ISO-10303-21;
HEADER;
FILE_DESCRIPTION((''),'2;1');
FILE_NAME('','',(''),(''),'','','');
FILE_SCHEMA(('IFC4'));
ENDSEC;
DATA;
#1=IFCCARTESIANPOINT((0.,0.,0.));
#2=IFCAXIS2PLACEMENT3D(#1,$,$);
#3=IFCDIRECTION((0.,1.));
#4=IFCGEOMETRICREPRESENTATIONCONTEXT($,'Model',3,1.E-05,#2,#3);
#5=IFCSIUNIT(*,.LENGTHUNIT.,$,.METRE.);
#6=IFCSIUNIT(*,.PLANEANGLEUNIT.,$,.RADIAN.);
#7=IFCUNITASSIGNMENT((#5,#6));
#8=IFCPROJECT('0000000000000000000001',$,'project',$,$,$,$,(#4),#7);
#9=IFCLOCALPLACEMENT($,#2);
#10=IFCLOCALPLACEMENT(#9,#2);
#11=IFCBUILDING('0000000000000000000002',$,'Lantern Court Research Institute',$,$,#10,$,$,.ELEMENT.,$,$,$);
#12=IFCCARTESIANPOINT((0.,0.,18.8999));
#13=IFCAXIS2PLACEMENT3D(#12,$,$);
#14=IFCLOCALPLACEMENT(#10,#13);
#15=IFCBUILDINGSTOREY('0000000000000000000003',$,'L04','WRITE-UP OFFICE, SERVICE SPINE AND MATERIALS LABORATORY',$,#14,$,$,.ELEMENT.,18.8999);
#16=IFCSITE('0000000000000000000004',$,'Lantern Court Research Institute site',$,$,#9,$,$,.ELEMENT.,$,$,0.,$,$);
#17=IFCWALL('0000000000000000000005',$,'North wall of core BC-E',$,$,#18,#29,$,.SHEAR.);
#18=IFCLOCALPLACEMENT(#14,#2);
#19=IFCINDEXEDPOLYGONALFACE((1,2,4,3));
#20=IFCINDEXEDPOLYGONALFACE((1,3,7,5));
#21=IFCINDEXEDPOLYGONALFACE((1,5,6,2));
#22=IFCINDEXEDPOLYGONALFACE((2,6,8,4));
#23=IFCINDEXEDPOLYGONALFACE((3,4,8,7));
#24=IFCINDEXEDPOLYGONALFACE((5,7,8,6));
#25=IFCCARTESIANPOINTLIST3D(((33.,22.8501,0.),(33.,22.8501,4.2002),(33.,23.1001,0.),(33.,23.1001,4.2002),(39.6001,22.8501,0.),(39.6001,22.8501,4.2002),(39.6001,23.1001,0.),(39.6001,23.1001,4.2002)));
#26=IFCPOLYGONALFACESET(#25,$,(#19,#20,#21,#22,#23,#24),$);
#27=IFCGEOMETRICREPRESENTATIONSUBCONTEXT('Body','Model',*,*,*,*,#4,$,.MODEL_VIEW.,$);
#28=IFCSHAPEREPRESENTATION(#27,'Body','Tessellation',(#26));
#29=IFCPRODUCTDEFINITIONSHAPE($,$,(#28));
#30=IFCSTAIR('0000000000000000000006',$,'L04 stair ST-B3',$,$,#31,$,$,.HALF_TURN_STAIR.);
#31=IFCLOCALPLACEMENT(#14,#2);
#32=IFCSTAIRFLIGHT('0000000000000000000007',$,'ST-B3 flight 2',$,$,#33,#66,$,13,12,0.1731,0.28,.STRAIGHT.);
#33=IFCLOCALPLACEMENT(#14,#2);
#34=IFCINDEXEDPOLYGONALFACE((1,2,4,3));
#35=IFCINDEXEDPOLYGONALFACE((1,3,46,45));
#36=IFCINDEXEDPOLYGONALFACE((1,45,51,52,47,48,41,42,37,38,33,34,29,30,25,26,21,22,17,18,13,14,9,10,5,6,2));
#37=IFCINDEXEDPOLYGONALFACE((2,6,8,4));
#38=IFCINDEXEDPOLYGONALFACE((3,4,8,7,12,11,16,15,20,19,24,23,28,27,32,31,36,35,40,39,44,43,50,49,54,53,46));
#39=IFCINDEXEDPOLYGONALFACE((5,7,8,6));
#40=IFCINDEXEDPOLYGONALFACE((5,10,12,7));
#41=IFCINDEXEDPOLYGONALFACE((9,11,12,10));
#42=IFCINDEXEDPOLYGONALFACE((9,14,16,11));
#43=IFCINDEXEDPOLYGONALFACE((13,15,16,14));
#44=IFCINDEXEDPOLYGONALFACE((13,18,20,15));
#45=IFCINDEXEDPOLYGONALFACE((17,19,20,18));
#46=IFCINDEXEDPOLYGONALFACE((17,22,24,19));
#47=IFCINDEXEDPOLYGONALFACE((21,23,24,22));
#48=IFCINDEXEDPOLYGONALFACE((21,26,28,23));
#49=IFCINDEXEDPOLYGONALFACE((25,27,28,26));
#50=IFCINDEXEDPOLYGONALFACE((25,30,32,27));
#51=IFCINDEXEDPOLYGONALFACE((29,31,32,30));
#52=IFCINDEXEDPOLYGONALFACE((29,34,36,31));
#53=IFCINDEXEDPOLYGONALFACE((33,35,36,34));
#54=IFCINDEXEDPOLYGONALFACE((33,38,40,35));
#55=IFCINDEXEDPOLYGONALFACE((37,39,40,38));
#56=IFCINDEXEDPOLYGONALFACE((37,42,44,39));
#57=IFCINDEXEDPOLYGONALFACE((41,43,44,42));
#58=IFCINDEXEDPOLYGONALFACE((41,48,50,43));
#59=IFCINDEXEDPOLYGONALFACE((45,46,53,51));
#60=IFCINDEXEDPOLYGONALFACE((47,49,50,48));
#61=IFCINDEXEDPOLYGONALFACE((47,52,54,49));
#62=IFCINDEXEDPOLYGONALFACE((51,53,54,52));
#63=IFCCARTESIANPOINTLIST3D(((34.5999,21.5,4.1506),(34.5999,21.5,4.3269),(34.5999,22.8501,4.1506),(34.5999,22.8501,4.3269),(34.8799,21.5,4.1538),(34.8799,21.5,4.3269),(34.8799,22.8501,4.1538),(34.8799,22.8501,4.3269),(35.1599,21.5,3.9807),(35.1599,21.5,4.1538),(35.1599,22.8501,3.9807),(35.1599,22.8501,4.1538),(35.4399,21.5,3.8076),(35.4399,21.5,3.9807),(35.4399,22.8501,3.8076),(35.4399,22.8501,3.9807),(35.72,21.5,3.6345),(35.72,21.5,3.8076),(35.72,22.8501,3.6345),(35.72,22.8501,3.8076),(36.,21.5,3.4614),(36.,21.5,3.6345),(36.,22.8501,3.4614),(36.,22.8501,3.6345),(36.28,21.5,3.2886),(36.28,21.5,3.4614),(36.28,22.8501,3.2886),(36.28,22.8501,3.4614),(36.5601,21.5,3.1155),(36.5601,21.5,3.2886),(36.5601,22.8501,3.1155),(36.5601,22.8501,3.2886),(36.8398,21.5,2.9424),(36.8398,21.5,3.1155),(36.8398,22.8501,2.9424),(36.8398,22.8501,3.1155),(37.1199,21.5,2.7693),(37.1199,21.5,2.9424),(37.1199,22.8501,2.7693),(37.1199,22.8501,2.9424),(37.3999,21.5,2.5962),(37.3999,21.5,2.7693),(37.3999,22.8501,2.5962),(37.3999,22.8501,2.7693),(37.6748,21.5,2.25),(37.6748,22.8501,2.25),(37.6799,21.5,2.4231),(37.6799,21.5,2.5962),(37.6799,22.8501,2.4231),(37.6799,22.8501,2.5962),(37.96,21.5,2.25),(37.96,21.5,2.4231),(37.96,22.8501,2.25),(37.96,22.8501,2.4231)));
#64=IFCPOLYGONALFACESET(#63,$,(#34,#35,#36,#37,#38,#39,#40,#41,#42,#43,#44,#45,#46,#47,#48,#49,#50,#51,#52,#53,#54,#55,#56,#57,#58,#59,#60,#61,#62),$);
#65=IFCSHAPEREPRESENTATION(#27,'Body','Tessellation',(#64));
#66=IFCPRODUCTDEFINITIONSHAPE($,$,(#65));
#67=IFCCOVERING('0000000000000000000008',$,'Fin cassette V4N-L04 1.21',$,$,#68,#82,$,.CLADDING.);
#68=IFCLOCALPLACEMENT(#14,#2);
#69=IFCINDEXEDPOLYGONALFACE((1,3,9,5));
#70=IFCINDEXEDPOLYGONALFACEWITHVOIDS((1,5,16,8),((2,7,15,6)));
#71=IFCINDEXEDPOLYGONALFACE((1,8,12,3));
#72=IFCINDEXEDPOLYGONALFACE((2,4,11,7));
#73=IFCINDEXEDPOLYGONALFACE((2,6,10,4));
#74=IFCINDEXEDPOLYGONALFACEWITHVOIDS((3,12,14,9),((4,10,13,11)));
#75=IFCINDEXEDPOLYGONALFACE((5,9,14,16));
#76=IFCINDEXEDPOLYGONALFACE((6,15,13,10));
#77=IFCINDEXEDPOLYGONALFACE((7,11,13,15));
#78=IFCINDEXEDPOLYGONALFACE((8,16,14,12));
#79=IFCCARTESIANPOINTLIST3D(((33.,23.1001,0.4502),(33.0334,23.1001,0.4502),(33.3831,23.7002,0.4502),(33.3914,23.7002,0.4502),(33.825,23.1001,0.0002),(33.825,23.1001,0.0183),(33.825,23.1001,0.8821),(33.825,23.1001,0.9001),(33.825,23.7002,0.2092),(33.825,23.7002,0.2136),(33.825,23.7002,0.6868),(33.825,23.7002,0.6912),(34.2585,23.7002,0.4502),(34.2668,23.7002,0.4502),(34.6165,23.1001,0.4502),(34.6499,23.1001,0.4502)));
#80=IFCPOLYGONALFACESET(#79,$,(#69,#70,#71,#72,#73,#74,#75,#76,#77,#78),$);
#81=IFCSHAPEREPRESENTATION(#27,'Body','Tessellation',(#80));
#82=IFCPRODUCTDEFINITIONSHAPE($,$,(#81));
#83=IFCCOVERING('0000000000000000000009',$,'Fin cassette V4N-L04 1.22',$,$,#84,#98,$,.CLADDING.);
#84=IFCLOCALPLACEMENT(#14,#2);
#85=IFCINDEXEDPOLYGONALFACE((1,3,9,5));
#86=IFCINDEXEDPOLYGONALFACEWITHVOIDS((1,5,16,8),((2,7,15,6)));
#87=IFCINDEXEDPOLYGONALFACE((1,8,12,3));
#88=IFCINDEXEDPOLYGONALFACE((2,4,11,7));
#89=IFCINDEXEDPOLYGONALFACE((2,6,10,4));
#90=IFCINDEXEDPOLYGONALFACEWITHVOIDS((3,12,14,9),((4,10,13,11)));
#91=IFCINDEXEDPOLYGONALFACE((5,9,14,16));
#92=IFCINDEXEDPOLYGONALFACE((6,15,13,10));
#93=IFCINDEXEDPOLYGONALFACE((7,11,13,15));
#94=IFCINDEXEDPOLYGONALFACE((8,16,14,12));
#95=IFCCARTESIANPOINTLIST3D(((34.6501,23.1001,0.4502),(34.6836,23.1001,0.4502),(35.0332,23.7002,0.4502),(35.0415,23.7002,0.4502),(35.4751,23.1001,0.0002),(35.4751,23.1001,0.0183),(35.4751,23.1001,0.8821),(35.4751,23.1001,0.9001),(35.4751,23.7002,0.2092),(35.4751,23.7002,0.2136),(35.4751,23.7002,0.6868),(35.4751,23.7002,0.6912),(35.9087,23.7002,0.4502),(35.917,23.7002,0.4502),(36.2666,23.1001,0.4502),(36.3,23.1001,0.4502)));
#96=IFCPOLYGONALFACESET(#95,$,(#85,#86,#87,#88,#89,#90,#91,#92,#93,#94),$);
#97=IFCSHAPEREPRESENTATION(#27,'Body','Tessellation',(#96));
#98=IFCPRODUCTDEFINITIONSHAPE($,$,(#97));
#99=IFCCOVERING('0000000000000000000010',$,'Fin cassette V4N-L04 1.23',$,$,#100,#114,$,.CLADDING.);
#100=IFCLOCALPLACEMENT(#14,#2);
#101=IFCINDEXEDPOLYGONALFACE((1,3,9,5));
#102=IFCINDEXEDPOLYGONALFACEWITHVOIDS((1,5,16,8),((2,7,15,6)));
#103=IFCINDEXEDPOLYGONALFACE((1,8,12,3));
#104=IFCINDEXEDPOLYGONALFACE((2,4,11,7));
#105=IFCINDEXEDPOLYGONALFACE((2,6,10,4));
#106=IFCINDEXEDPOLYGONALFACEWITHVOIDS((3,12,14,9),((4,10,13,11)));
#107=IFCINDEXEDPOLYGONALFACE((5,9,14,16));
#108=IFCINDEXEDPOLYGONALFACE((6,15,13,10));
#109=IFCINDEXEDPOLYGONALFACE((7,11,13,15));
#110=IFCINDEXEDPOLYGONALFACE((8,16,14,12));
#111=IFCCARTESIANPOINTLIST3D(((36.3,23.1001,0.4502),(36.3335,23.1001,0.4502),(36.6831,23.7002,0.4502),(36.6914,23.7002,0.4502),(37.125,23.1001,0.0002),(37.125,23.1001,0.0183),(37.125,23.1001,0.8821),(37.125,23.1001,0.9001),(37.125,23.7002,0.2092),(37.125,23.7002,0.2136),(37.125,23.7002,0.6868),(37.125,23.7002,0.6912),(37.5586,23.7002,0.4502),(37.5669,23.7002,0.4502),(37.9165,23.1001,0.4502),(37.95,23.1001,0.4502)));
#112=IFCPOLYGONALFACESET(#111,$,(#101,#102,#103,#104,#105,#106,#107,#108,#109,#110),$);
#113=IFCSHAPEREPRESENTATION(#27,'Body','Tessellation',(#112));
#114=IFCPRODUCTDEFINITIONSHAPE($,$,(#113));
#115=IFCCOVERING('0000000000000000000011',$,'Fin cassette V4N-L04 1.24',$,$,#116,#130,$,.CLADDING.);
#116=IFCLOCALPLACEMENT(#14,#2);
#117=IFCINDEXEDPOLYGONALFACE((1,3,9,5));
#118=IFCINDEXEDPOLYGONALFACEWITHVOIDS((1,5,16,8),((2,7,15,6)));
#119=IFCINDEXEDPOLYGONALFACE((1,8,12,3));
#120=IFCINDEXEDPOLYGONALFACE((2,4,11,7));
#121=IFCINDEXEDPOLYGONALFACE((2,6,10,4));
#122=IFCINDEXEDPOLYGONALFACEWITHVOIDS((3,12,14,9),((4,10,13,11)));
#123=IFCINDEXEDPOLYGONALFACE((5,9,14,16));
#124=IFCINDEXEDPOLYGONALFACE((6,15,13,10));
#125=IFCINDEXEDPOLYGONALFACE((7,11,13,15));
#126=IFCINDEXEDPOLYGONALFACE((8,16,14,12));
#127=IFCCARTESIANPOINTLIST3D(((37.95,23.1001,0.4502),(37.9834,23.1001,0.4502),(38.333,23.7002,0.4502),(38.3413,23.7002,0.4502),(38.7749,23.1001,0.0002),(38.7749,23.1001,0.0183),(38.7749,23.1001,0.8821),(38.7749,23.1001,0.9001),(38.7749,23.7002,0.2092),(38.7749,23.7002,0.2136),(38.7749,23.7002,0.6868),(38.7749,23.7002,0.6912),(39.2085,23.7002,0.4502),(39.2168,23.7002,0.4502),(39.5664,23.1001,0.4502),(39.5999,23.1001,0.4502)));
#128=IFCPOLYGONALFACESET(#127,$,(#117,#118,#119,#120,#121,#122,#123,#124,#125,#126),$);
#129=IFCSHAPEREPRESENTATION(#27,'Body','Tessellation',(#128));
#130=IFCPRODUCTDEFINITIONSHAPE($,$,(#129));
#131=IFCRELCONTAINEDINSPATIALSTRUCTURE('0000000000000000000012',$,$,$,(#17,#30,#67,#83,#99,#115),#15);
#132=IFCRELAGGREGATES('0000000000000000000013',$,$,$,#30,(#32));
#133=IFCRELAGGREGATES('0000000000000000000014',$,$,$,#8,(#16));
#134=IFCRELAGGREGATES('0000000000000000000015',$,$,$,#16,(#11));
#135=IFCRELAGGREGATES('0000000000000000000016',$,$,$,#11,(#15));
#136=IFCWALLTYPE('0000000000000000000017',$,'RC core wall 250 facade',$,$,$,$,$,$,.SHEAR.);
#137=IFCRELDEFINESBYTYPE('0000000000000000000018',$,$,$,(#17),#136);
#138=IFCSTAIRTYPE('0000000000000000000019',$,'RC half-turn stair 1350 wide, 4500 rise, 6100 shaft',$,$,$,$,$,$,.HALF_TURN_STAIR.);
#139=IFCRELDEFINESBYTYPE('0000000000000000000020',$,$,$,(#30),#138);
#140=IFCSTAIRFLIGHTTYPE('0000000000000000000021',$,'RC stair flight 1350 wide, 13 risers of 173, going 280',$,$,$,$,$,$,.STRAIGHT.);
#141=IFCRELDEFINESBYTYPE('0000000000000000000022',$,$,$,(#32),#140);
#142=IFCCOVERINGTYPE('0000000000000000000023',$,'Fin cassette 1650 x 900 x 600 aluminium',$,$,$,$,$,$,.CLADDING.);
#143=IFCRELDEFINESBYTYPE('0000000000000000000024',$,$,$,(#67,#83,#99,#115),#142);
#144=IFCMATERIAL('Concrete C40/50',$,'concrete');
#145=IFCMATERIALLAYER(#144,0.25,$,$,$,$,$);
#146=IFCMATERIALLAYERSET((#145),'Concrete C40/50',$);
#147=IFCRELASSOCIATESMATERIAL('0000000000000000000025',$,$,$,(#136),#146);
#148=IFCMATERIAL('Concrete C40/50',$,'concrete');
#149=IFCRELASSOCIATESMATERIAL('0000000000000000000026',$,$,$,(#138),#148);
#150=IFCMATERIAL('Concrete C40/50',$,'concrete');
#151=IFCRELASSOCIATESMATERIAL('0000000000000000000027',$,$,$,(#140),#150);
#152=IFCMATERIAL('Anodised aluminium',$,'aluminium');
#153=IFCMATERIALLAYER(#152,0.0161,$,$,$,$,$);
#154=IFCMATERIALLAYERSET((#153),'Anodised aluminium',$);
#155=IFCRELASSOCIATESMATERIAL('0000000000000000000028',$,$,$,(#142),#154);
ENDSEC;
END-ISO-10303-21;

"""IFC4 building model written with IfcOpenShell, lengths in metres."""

from ifc_helpers import new_model, entity, si_unit, direction, frame, frame_2d, origin, place, context, subcontext, project, spatial, polyline, rectangle, outline, extrude, material, layer, layer_set, type_object, element, aggregate, save


model = new_model("IFC4")

# Units and contexts
model_context = context("Model", 3, precision=1e-05, world=origin(), true_north=direction((0.0, 1.0)))
body_context = subcontext(model_context, "Body", "Model", "MODEL_VIEW")
ifc_project = project(units=[si_unit("LENGTHUNIT", "METRE"), si_unit("PLANEANGLEUNIT", "RADIAN")], contexts=[model_context])

# Site, building, storey
site_placement = place(None, origin())
site = spatial("IfcSite", under=ifc_project, at=site_placement, Name="Lantern Court Research Institute site", CompositionType="ELEMENT", RefElevation=0.0)
building_placement = place(site_placement, origin())
building = spatial("IfcBuilding", under=site, at=building_placement, Name="Lantern Court Research Institute", CompositionType="ELEMENT")
storey_placement = place(building_placement, frame((0.0, 0.0, 18.8999)))
storey = spatial("IfcBuildingStorey", under=building, at=storey_placement, Name="L04", Description="WRITE-UP OFFICE, SERVICE SPINE AND MATERIALS LABORATORY", CompositionType="ELEMENT", Elevation=18.8999)

# Wall
ifc_material_1 = material(Name="Concrete C40/50", Category="concrete")
ifc_layer_1 = layer(ifc_material_1, 0.25)
ifc_layer_set_1 = layer_set([ifc_layer_1], Name="Concrete C40/50")
wall_type = type_object("IfcWallType", Name="RC core wall 250 facade", PredefinedType="SHEAR", material=ifc_layer_set_1)
wall_placement = place(storey_placement, frame((33.0, 22.9751, 0.0), z_axis=(0.0, 0.0, 1.0), x_axis=(1.0, 0.0, 0.0)))
element("IfcWall", 1, at=wall_placement, inside=storey, type_object=wall_type, Name="North wall of core BC-E", PredefinedType="SHEAR", context=body_context, shape_type="SweptSolid", body=[
    extrude(rectangle(XDim=6.6001, YDim=0.25, at=frame_2d((3.3, 0.0))), origin(), (0.0, 0.0, 1.0), 4.2002),
])

# Stair, stair flight
ifc_material_2 = material(Name="Concrete C40/50", Category="concrete")
stair_type = type_object("IfcStairType", Name="RC half-turn stair 1350 wide, 4500 rise, 6100 shaft", PredefinedType="HALF_TURN_STAIR", material=ifc_material_2)
stair_placement = place(storey_placement, origin())
stair = element("IfcStair", 2, at=stair_placement, inside=storey, type_object=stair_type, Name="L04 stair ST-B3", PredefinedType="HALF_TURN_STAIR")
ifc_material_3 = material(Name="Concrete C40/50", Category="concrete")
stair_flight_type = type_object("IfcStairFlightType", Name="RC stair flight 1350 wide, 13 risers of 173, going 280", PredefinedType="STRAIGHT", material=ifc_material_3)
stair_flight_placement = place(storey_placement, frame((37.96, 22.175, 2.25), z_axis=(0.0, 0.0, 1.0), x_axis=(-1.0, 0.0, 0.0)))
stair_flight = element("IfcStairFlight", 3, at=stair_flight_placement, type_object=stair_flight_type, Name="ST-B3 flight 2", NumberOfRisers=13, NumberOfTreads=12, PredefinedType="STRAIGHT", RiserHeight=0.1731, TreadLength=0.28, context=body_context, shape_type="SweptSolid", body=[
    extrude(outline(polyline([(0.0, 0.0), (0.0, 0.1731), (0.28, 0.1731), (0.28, 0.3462), (0.5601, 0.3462), (0.5601, 0.5193), (0.8401, 0.5193), (0.8401, 0.6924), (1.1201, 0.6924), (1.1201, 0.8655), (1.3999, 0.8655), (1.3999, 1.0386), (1.6799, 1.0386), (1.6799, 1.2114), (1.96, 1.2114), (1.96, 1.3845), (2.24, 1.3845), (2.24, 1.5576), (2.52, 1.5576), (2.52, 1.7307), (2.8, 1.7307), (2.8, 1.9038), (3.0801, 1.9038), (3.0801, 2.0769), (3.3601, 2.0769), (3.3601, 2.25), (3.3601, 1.9006), (0.2852, 0.0), (0.0, 0.0)])), frame((0.0, 0.675, 0.0), z_axis=(0.0, -1.0, 0.0), x_axis=(1.0, 0.0, 0.0)), (0.0, 0.0, 1.0), 1.3501),
])
aggregate(stair, [stair_flight])

# Coverings
ifc_material_4 = material(Name="Anodised aluminium", Category="aluminium")
ifc_layer_2 = layer(ifc_material_4, 0.0161)
ifc_layer_set_2 = layer_set([ifc_layer_2], Name="Anodised aluminium")
covering_type = type_object("IfcCoveringType", Name="Fin cassette 1650 x 900 x 600 aluminium", PredefinedType="CLADDING", material=ifc_layer_set_2)
covering_1_placement = place(storey_placement, frame((33.825, 23.1001, 0.4502), z_axis=(0.0, 1.0, 0.0), x_axis=(-1.0, 0.0, 0.0)))
cartesian_point_1 = entity("IfcCartesianPoint", [0.825, 0.0])
cartesian_point_2 = entity("IfcCartesianPoint", [0.7915, 0.0])
cartesian_point_3 = entity("IfcCartesianPoint", [0.4419, 0.0])
cartesian_point_4 = entity("IfcCartesianPoint", [0.4336, 0.0])
element("IfcCovering", 4, at=covering_1_placement, inside=storey, type_object=covering_type, Name="Fin cassette V4N-L04 1.21", PredefinedType="CLADDING", context=body_context, shape_type="SweptSolid", body=[
    entity("IfcExtrudedAreaSolidTapered", entity("IfcArbitraryProfileDefWithVoids", "AREA", None, entity("IfcPolyline", [cartesian_point_1, entity("IfcCartesianPoint", [0.0, 0.45]), entity("IfcCartesianPoint", [-0.825, 0.0]), entity("IfcCartesianPoint", [0.0, -0.45]), cartesian_point_1]), [entity("IfcPolyline", [cartesian_point_2, entity("IfcCartesianPoint", [0.0, 0.4319]), entity("IfcCartesianPoint", [-0.7915, 0.0]), entity("IfcCartesianPoint", [0.0, -0.4319]), cartesian_point_2])]), entity("IfcAxis2Placement3D", entity("IfcCartesianPoint", [0.0, 0.0, 0.0])), entity("IfcDirection", [0.0, 0.0, 1.0]), 0.6001, entity("IfcArbitraryProfileDefWithVoids", "AREA", None, entity("IfcPolyline", [cartesian_point_3, entity("IfcCartesianPoint", [0.0, 0.241]), entity("IfcCartesianPoint", [-0.4419, 0.0]), entity("IfcCartesianPoint", [0.0, -0.241]), cartesian_point_3]), [entity("IfcPolyline", [cartesian_point_4, entity("IfcCartesianPoint", [0.0, 0.2366]), entity("IfcCartesianPoint", [-0.4336, 0.0]), entity("IfcCartesianPoint", [0.0, -0.2366]), cartesian_point_4])])),
])
covering_2_placement = place(storey_placement, frame((35.4751, 23.1001, 0.4502), z_axis=(0.0, 1.0, 0.0), x_axis=(-1.0, 0.0, 0.0)))
cartesian_point_5 = entity("IfcCartesianPoint", [0.825, 0.0])
cartesian_point_6 = entity("IfcCartesianPoint", [0.7915, 0.0])
cartesian_point_7 = entity("IfcCartesianPoint", [0.4419, 0.0])
cartesian_point_8 = entity("IfcCartesianPoint", [0.4336, 0.0])
element("IfcCovering", 5, at=covering_2_placement, inside=storey, type_object=covering_type, Name="Fin cassette V4N-L04 1.22", PredefinedType="CLADDING", context=body_context, shape_type="SweptSolid", body=[
    entity("IfcExtrudedAreaSolidTapered", entity("IfcArbitraryProfileDefWithVoids", "AREA", None, entity("IfcPolyline", [cartesian_point_5, entity("IfcCartesianPoint", [0.0, 0.45]), entity("IfcCartesianPoint", [-0.825, 0.0]), entity("IfcCartesianPoint", [0.0, -0.45]), cartesian_point_5]), [entity("IfcPolyline", [cartesian_point_6, entity("IfcCartesianPoint", [0.0, 0.4319]), entity("IfcCartesianPoint", [-0.7915, 0.0]), entity("IfcCartesianPoint", [0.0, -0.4319]), cartesian_point_6])]), entity("IfcAxis2Placement3D", entity("IfcCartesianPoint", [0.0, 0.0, 0.0])), entity("IfcDirection", [0.0, 0.0, 1.0]), 0.6001, entity("IfcArbitraryProfileDefWithVoids", "AREA", None, entity("IfcPolyline", [cartesian_point_7, entity("IfcCartesianPoint", [0.0, 0.241]), entity("IfcCartesianPoint", [-0.4419, 0.0]), entity("IfcCartesianPoint", [0.0, -0.241]), cartesian_point_7]), [entity("IfcPolyline", [cartesian_point_8, entity("IfcCartesianPoint", [0.0, 0.2366]), entity("IfcCartesianPoint", [-0.4336, 0.0]), entity("IfcCartesianPoint", [0.0, -0.2366]), cartesian_point_8])])),
])
covering_3_placement = place(storey_placement, frame((37.125, 23.1001, 0.4502), z_axis=(0.0, 1.0, 0.0), x_axis=(-1.0, 0.0, 0.0)))
cartesian_point_9 = entity("IfcCartesianPoint", [0.825, 0.0])
cartesian_point_10 = entity("IfcCartesianPoint", [0.7915, 0.0])
cartesian_point_11 = entity("IfcCartesianPoint", [0.4419, 0.0])
cartesian_point_12 = entity("IfcCartesianPoint", [0.4336, 0.0])
element("IfcCovering", 6, at=covering_3_placement, inside=storey, type_object=covering_type, Name="Fin cassette V4N-L04 1.23", PredefinedType="CLADDING", context=body_context, shape_type="SweptSolid", body=[
    entity("IfcExtrudedAreaSolidTapered", entity("IfcArbitraryProfileDefWithVoids", "AREA", None, entity("IfcPolyline", [cartesian_point_9, entity("IfcCartesianPoint", [0.0, 0.45]), entity("IfcCartesianPoint", [-0.825, 0.0]), entity("IfcCartesianPoint", [0.0, -0.45]), cartesian_point_9]), [entity("IfcPolyline", [cartesian_point_10, entity("IfcCartesianPoint", [0.0, 0.4319]), entity("IfcCartesianPoint", [-0.7915, 0.0]), entity("IfcCartesianPoint", [0.0, -0.4319]), cartesian_point_10])]), entity("IfcAxis2Placement3D", entity("IfcCartesianPoint", [0.0, 0.0, 0.0])), entity("IfcDirection", [0.0, 0.0, 1.0]), 0.6001, entity("IfcArbitraryProfileDefWithVoids", "AREA", None, entity("IfcPolyline", [cartesian_point_11, entity("IfcCartesianPoint", [0.0, 0.241]), entity("IfcCartesianPoint", [-0.4419, 0.0]), entity("IfcCartesianPoint", [0.0, -0.241]), cartesian_point_11]), [entity("IfcPolyline", [cartesian_point_12, entity("IfcCartesianPoint", [0.0, 0.2366]), entity("IfcCartesianPoint", [-0.4336, 0.0]), entity("IfcCartesianPoint", [0.0, -0.2366]), cartesian_point_12])])),
])
covering_4_placement = place(storey_placement, frame((38.7749, 23.1001, 0.4502), z_axis=(0.0, 1.0, 0.0), x_axis=(-1.0, 0.0, 0.0)))
cartesian_point_13 = entity("IfcCartesianPoint", [0.825, 0.0])
cartesian_point_14 = entity("IfcCartesianPoint", [0.7915, 0.0])
cartesian_point_15 = entity("IfcCartesianPoint", [0.4419, 0.0])
cartesian_point_16 = entity("IfcCartesianPoint", [0.4336, 0.0])
element("IfcCovering", 7, at=covering_4_placement, inside=storey, type_object=covering_type, Name="Fin cassette V4N-L04 1.24", PredefinedType="CLADDING", context=body_context, shape_type="SweptSolid", body=[
    entity("IfcExtrudedAreaSolidTapered", entity("IfcArbitraryProfileDefWithVoids", "AREA", None, entity("IfcPolyline", [cartesian_point_13, entity("IfcCartesianPoint", [0.0, 0.45]), entity("IfcCartesianPoint", [-0.825, 0.0]), entity("IfcCartesianPoint", [0.0, -0.45]), cartesian_point_13]), [entity("IfcPolyline", [cartesian_point_14, entity("IfcCartesianPoint", [0.0, 0.4319]), entity("IfcCartesianPoint", [-0.7915, 0.0]), entity("IfcCartesianPoint", [0.0, -0.4319]), cartesian_point_14])]), entity("IfcAxis2Placement3D", entity("IfcCartesianPoint", [0.0, 0.0, 0.0])), entity("IfcDirection", [0.0, 0.0, 1.0]), 0.6001, entity("IfcArbitraryProfileDefWithVoids", "AREA", None, entity("IfcPolyline", [cartesian_point_15, entity("IfcCartesianPoint", [0.0, 0.241]), entity("IfcCartesianPoint", [-0.4419, 0.0]), entity("IfcCartesianPoint", [0.0, -0.241]), cartesian_point_15]), [entity("IfcPolyline", [cartesian_point_16, entity("IfcCartesianPoint", [0.0, 0.2366]), entity("IfcCartesianPoint", [-0.4336, 0.0]), entity("IfcCartesianPoint", [0.0, -0.2366]), cartesian_point_16])])),
])

save(model, "model.ifc")
